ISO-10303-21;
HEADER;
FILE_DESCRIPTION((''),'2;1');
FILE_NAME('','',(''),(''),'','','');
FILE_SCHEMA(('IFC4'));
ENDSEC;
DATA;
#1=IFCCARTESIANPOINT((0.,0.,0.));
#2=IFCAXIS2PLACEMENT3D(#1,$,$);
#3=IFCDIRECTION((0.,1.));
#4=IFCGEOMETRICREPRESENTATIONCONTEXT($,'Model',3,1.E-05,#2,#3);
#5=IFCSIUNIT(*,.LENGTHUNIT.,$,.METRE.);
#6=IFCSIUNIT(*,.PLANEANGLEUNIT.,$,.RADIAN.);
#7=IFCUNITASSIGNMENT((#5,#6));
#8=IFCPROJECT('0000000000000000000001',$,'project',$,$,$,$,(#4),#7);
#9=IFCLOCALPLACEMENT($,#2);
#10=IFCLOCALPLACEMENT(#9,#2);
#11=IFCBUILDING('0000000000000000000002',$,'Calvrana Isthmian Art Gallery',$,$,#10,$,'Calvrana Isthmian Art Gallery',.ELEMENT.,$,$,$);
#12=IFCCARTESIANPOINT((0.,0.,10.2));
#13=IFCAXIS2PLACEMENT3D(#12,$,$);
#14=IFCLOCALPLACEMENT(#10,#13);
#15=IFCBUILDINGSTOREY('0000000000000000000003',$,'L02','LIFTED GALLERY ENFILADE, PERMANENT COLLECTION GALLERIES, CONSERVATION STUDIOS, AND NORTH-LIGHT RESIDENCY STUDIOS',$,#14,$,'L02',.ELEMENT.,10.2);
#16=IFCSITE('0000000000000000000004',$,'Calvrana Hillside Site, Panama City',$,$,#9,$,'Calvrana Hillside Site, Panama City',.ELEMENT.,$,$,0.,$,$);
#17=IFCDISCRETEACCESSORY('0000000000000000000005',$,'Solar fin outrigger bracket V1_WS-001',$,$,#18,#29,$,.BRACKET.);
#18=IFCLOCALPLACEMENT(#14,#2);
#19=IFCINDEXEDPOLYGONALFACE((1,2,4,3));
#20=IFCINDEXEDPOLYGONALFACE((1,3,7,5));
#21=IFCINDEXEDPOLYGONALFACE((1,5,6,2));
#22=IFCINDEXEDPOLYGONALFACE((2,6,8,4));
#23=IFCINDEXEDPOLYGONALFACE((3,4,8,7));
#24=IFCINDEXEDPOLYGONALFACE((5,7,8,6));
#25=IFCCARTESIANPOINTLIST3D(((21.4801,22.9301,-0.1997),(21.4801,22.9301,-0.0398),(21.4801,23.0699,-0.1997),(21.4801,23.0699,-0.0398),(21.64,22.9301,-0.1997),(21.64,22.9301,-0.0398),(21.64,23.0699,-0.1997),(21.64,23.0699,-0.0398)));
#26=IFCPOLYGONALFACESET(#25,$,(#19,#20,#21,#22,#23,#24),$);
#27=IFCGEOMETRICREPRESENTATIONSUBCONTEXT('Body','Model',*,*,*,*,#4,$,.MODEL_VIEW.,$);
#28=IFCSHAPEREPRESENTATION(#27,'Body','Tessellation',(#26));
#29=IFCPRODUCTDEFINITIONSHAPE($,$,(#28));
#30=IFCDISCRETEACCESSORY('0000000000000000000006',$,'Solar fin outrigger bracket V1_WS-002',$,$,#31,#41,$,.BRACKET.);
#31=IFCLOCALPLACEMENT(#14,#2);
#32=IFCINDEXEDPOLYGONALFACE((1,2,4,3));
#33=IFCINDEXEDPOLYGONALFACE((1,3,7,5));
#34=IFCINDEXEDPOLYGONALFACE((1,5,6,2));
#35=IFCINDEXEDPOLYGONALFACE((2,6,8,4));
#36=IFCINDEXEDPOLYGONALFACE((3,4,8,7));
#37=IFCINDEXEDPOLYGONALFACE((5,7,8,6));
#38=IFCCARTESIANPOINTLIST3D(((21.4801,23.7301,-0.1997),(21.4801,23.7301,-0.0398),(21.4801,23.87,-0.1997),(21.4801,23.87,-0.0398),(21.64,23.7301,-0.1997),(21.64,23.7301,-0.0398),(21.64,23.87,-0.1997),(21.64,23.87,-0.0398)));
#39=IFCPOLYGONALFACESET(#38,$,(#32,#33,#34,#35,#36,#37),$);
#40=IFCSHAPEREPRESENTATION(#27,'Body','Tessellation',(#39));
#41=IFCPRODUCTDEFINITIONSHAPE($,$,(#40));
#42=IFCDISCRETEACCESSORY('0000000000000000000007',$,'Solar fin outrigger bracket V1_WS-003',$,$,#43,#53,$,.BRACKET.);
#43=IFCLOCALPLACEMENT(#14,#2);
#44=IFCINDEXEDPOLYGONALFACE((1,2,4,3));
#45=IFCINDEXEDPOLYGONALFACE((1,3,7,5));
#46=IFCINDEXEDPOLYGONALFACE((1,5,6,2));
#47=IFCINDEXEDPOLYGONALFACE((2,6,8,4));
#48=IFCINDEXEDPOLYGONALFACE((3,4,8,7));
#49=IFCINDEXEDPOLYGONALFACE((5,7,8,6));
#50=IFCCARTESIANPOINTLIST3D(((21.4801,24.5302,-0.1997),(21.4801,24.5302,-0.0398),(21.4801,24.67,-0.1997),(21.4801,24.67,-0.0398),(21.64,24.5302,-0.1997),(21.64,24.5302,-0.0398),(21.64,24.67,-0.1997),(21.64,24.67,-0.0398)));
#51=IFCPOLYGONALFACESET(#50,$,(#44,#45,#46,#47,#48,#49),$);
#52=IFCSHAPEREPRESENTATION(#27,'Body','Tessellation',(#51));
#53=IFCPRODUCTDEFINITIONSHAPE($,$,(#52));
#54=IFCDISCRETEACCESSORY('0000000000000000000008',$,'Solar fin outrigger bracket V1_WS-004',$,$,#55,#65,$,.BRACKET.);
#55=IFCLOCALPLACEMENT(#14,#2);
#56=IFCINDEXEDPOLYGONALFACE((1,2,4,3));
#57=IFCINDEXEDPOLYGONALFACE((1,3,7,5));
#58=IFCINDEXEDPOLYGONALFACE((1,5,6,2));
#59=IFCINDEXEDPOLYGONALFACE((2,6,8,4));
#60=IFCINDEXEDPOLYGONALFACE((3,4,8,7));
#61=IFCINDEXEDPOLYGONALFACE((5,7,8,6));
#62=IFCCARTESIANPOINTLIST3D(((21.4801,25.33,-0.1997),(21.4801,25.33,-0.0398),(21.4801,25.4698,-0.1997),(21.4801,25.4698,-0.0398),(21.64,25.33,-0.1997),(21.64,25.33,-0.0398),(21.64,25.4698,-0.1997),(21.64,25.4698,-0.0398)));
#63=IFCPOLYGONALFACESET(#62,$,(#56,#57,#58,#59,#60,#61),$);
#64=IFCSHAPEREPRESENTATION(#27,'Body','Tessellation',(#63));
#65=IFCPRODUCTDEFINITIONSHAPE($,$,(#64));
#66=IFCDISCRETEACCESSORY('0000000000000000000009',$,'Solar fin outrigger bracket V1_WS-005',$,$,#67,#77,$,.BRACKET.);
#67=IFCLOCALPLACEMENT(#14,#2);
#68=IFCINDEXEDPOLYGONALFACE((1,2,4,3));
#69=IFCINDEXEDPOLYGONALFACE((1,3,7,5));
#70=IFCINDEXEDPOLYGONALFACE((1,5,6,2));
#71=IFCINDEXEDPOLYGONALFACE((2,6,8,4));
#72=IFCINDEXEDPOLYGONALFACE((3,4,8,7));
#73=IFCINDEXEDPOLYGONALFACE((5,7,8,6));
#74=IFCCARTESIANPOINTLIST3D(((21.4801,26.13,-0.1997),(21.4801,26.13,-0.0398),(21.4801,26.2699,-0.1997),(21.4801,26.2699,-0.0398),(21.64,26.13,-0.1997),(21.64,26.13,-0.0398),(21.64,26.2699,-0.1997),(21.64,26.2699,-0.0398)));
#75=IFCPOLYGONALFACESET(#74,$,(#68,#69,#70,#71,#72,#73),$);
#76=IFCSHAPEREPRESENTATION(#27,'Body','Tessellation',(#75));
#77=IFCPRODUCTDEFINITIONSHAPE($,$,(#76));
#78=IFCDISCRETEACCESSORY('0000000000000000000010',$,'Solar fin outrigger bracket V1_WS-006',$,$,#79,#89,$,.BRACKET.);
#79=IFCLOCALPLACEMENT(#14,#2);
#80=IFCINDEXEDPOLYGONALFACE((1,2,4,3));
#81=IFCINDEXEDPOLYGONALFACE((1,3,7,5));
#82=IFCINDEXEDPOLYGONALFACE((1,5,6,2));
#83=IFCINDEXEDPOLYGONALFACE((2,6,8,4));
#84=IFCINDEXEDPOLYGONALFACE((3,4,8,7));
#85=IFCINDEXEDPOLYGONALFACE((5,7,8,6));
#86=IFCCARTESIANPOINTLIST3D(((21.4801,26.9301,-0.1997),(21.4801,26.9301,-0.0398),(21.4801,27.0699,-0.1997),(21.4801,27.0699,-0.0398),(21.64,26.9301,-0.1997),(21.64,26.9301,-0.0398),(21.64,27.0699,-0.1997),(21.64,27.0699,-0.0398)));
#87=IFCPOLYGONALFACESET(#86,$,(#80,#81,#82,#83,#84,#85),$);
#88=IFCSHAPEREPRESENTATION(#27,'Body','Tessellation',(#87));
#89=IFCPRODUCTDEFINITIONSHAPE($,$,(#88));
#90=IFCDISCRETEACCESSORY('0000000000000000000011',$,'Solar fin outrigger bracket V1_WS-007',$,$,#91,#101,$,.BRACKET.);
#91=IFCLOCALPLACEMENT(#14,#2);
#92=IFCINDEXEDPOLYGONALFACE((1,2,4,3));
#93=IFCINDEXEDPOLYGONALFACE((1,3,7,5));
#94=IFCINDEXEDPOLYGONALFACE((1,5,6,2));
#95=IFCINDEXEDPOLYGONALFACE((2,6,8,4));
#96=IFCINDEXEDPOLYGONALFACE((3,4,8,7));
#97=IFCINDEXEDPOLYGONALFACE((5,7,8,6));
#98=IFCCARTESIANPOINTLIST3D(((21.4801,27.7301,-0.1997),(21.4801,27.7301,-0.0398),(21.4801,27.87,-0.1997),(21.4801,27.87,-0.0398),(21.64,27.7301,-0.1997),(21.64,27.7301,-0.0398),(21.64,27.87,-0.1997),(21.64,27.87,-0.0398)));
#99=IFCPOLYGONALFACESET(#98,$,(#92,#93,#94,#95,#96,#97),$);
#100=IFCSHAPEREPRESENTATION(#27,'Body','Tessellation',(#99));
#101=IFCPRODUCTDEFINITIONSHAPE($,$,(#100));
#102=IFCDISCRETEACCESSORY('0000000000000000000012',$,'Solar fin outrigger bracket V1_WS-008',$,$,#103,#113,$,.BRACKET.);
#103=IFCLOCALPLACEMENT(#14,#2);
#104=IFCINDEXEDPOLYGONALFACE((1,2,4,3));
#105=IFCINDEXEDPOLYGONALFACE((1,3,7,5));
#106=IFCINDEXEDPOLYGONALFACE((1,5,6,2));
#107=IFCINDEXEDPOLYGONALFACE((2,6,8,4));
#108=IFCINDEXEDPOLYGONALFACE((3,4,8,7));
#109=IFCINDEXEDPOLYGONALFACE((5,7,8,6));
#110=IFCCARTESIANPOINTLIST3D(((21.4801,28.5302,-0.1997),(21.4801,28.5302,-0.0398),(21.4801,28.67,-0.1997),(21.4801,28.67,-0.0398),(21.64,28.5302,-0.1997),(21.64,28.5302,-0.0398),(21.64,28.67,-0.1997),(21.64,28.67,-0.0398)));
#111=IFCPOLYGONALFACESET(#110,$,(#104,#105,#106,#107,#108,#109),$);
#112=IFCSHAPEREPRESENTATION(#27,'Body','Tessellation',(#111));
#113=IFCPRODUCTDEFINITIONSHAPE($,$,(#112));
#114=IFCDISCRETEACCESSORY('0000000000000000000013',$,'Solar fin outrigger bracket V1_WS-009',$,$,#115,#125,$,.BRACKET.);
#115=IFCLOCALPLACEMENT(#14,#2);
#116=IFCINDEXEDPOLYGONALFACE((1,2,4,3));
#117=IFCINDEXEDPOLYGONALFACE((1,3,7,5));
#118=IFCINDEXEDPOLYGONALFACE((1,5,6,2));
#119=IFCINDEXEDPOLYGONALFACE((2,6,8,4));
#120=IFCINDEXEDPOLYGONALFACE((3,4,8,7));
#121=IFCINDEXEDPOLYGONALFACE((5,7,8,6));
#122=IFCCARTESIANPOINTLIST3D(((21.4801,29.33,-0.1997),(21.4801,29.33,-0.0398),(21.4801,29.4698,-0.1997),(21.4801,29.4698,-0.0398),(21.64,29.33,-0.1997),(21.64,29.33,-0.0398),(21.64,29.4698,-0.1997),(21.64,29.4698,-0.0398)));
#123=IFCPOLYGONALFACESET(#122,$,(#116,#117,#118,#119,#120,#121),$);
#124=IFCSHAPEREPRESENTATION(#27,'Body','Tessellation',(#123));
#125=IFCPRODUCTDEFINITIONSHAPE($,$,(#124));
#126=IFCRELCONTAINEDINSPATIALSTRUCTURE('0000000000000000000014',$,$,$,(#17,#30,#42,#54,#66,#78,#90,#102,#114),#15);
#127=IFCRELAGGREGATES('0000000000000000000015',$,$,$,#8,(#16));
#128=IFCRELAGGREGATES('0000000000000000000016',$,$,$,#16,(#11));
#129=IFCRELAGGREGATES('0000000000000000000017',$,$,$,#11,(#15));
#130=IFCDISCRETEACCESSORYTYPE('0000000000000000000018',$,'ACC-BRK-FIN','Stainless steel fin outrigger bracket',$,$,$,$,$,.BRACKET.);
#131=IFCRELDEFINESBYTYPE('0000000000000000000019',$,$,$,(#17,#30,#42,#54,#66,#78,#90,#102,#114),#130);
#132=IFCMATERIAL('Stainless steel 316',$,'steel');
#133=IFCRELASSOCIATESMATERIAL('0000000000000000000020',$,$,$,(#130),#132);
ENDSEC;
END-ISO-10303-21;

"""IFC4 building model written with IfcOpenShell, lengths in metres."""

from ifc_helpers import new_model, si_unit, direction, frame, origin, origin_2d, place, context, subcontext, project, spatial, rectangle, extrude, material, type_object, element, save


model = new_model("IFC4")

# Units and contexts
model_context = context("Model", 3, precision=1e-05, world=origin(), true_north=direction((0.0, 1.0)))
body_context = subcontext(model_context, "Body", "Model", "MODEL_VIEW")
ifc_project = project(units=[si_unit("LENGTHUNIT", "METRE"), si_unit("PLANEANGLEUNIT", "RADIAN")], contexts=[model_context])

# Site, building, storey
site_placement = place(None, origin())
site = spatial("IfcSite", under=ifc_project, at=site_placement, Name="Calvrana Hillside Site, Panama City", LongName="Calvrana Hillside Site, Panama City", CompositionType="ELEMENT", RefElevation=0.0)
building_placement = place(site_placement, origin())
building = spatial("IfcBuilding", under=site, at=building_placement, Name="Calvrana Isthmian Art Gallery", LongName="Calvrana Isthmian Art Gallery", CompositionType="ELEMENT")
storey_placement = place(building_placement, frame((0.0, 0.0, 10.2)))
storey = spatial("IfcBuildingStorey", under=building, at=storey_placement, Name="L02", Description="LIFTED GALLERY ENFILADE, PERMANENT COLLECTION GALLERIES, CONSERVATION STUDIOS, AND NORTH-LIGHT RESIDENCY STUDIOS", LongName="L02", CompositionType="ELEMENT", Elevation=10.2)

# Discrete accessories
ifc_material_1 = material(Name="Stainless steel 316", Category="steel")
discrete_accessory_type = type_object("IfcDiscreteAccessoryType", Name="ACC-BRK-FIN", Description="Stainless steel fin outrigger bracket", PredefinedType="BRACKET", material=ifc_material_1)
for number, where, z_axis, x_axis, name in (
    (1, (21.5601, 23.0, -0.1997), (0.0, 0.0, 1.0), (1.0, 0.0, 0.0), "Solar fin outrigger bracket V1_WS-001"),
    (2, (21.5601, 23.8, -0.1997), (0.0, 0.0, 1.0), (1.0, 0.0, 0.0), "Solar fin outrigger bracket V1_WS-002"),
    (3, (21.5601, 24.6001, -0.1997), (0.0, 0.0, 1.0), (1.0, 0.0, 0.0), "Solar fin outrigger bracket V1_WS-003"),
    (4, (21.5601, 25.3999, -0.1997), (0.0, 0.0, 1.0), (1.0, 0.0, 0.0), "Solar fin outrigger bracket V1_WS-004"),
    (5, (21.5601, 26.2, -0.1997), (0.0, 0.0, 1.0), (1.0, 0.0, 0.0), "Solar fin outrigger bracket V1_WS-005"),
    (6, (21.5601, 27.0, -0.1997), (0.0, 0.0, 1.0), (1.0, 0.0, 0.0), "Solar fin outrigger bracket V1_WS-006"),
    (7, (21.5601, 27.8, -0.1997), (0.0, 0.0, 1.0), (1.0, 0.0, 0.0), "Solar fin outrigger bracket V1_WS-007"),
    (8, (21.5601, 28.6001, -0.1997), (0.0, 0.0, 1.0), (1.0, 0.0, 0.0), "Solar fin outrigger bracket V1_WS-008"),
    (9, (21.5601, 29.3999, -0.1997), (0.0, 0.0, 1.0), (1.0, 0.0, 0.0), "Solar fin outrigger bracket V1_WS-009"),
):
    element("IfcDiscreteAccessory", number, at=place(storey_placement, frame(where, z_axis=z_axis, x_axis=x_axis)), inside=storey, type_object=discrete_accessory_type, Name=name, PredefinedType="BRACKET", context=body_context, shape_type="SweptSolid", body=[
        extrude(rectangle(XDim=0.1599, YDim=0.1399, at=origin_2d()), origin(), (0.0, 0.0, 1.0), 0.1599),
    ])

save(model, "model.ifc")
